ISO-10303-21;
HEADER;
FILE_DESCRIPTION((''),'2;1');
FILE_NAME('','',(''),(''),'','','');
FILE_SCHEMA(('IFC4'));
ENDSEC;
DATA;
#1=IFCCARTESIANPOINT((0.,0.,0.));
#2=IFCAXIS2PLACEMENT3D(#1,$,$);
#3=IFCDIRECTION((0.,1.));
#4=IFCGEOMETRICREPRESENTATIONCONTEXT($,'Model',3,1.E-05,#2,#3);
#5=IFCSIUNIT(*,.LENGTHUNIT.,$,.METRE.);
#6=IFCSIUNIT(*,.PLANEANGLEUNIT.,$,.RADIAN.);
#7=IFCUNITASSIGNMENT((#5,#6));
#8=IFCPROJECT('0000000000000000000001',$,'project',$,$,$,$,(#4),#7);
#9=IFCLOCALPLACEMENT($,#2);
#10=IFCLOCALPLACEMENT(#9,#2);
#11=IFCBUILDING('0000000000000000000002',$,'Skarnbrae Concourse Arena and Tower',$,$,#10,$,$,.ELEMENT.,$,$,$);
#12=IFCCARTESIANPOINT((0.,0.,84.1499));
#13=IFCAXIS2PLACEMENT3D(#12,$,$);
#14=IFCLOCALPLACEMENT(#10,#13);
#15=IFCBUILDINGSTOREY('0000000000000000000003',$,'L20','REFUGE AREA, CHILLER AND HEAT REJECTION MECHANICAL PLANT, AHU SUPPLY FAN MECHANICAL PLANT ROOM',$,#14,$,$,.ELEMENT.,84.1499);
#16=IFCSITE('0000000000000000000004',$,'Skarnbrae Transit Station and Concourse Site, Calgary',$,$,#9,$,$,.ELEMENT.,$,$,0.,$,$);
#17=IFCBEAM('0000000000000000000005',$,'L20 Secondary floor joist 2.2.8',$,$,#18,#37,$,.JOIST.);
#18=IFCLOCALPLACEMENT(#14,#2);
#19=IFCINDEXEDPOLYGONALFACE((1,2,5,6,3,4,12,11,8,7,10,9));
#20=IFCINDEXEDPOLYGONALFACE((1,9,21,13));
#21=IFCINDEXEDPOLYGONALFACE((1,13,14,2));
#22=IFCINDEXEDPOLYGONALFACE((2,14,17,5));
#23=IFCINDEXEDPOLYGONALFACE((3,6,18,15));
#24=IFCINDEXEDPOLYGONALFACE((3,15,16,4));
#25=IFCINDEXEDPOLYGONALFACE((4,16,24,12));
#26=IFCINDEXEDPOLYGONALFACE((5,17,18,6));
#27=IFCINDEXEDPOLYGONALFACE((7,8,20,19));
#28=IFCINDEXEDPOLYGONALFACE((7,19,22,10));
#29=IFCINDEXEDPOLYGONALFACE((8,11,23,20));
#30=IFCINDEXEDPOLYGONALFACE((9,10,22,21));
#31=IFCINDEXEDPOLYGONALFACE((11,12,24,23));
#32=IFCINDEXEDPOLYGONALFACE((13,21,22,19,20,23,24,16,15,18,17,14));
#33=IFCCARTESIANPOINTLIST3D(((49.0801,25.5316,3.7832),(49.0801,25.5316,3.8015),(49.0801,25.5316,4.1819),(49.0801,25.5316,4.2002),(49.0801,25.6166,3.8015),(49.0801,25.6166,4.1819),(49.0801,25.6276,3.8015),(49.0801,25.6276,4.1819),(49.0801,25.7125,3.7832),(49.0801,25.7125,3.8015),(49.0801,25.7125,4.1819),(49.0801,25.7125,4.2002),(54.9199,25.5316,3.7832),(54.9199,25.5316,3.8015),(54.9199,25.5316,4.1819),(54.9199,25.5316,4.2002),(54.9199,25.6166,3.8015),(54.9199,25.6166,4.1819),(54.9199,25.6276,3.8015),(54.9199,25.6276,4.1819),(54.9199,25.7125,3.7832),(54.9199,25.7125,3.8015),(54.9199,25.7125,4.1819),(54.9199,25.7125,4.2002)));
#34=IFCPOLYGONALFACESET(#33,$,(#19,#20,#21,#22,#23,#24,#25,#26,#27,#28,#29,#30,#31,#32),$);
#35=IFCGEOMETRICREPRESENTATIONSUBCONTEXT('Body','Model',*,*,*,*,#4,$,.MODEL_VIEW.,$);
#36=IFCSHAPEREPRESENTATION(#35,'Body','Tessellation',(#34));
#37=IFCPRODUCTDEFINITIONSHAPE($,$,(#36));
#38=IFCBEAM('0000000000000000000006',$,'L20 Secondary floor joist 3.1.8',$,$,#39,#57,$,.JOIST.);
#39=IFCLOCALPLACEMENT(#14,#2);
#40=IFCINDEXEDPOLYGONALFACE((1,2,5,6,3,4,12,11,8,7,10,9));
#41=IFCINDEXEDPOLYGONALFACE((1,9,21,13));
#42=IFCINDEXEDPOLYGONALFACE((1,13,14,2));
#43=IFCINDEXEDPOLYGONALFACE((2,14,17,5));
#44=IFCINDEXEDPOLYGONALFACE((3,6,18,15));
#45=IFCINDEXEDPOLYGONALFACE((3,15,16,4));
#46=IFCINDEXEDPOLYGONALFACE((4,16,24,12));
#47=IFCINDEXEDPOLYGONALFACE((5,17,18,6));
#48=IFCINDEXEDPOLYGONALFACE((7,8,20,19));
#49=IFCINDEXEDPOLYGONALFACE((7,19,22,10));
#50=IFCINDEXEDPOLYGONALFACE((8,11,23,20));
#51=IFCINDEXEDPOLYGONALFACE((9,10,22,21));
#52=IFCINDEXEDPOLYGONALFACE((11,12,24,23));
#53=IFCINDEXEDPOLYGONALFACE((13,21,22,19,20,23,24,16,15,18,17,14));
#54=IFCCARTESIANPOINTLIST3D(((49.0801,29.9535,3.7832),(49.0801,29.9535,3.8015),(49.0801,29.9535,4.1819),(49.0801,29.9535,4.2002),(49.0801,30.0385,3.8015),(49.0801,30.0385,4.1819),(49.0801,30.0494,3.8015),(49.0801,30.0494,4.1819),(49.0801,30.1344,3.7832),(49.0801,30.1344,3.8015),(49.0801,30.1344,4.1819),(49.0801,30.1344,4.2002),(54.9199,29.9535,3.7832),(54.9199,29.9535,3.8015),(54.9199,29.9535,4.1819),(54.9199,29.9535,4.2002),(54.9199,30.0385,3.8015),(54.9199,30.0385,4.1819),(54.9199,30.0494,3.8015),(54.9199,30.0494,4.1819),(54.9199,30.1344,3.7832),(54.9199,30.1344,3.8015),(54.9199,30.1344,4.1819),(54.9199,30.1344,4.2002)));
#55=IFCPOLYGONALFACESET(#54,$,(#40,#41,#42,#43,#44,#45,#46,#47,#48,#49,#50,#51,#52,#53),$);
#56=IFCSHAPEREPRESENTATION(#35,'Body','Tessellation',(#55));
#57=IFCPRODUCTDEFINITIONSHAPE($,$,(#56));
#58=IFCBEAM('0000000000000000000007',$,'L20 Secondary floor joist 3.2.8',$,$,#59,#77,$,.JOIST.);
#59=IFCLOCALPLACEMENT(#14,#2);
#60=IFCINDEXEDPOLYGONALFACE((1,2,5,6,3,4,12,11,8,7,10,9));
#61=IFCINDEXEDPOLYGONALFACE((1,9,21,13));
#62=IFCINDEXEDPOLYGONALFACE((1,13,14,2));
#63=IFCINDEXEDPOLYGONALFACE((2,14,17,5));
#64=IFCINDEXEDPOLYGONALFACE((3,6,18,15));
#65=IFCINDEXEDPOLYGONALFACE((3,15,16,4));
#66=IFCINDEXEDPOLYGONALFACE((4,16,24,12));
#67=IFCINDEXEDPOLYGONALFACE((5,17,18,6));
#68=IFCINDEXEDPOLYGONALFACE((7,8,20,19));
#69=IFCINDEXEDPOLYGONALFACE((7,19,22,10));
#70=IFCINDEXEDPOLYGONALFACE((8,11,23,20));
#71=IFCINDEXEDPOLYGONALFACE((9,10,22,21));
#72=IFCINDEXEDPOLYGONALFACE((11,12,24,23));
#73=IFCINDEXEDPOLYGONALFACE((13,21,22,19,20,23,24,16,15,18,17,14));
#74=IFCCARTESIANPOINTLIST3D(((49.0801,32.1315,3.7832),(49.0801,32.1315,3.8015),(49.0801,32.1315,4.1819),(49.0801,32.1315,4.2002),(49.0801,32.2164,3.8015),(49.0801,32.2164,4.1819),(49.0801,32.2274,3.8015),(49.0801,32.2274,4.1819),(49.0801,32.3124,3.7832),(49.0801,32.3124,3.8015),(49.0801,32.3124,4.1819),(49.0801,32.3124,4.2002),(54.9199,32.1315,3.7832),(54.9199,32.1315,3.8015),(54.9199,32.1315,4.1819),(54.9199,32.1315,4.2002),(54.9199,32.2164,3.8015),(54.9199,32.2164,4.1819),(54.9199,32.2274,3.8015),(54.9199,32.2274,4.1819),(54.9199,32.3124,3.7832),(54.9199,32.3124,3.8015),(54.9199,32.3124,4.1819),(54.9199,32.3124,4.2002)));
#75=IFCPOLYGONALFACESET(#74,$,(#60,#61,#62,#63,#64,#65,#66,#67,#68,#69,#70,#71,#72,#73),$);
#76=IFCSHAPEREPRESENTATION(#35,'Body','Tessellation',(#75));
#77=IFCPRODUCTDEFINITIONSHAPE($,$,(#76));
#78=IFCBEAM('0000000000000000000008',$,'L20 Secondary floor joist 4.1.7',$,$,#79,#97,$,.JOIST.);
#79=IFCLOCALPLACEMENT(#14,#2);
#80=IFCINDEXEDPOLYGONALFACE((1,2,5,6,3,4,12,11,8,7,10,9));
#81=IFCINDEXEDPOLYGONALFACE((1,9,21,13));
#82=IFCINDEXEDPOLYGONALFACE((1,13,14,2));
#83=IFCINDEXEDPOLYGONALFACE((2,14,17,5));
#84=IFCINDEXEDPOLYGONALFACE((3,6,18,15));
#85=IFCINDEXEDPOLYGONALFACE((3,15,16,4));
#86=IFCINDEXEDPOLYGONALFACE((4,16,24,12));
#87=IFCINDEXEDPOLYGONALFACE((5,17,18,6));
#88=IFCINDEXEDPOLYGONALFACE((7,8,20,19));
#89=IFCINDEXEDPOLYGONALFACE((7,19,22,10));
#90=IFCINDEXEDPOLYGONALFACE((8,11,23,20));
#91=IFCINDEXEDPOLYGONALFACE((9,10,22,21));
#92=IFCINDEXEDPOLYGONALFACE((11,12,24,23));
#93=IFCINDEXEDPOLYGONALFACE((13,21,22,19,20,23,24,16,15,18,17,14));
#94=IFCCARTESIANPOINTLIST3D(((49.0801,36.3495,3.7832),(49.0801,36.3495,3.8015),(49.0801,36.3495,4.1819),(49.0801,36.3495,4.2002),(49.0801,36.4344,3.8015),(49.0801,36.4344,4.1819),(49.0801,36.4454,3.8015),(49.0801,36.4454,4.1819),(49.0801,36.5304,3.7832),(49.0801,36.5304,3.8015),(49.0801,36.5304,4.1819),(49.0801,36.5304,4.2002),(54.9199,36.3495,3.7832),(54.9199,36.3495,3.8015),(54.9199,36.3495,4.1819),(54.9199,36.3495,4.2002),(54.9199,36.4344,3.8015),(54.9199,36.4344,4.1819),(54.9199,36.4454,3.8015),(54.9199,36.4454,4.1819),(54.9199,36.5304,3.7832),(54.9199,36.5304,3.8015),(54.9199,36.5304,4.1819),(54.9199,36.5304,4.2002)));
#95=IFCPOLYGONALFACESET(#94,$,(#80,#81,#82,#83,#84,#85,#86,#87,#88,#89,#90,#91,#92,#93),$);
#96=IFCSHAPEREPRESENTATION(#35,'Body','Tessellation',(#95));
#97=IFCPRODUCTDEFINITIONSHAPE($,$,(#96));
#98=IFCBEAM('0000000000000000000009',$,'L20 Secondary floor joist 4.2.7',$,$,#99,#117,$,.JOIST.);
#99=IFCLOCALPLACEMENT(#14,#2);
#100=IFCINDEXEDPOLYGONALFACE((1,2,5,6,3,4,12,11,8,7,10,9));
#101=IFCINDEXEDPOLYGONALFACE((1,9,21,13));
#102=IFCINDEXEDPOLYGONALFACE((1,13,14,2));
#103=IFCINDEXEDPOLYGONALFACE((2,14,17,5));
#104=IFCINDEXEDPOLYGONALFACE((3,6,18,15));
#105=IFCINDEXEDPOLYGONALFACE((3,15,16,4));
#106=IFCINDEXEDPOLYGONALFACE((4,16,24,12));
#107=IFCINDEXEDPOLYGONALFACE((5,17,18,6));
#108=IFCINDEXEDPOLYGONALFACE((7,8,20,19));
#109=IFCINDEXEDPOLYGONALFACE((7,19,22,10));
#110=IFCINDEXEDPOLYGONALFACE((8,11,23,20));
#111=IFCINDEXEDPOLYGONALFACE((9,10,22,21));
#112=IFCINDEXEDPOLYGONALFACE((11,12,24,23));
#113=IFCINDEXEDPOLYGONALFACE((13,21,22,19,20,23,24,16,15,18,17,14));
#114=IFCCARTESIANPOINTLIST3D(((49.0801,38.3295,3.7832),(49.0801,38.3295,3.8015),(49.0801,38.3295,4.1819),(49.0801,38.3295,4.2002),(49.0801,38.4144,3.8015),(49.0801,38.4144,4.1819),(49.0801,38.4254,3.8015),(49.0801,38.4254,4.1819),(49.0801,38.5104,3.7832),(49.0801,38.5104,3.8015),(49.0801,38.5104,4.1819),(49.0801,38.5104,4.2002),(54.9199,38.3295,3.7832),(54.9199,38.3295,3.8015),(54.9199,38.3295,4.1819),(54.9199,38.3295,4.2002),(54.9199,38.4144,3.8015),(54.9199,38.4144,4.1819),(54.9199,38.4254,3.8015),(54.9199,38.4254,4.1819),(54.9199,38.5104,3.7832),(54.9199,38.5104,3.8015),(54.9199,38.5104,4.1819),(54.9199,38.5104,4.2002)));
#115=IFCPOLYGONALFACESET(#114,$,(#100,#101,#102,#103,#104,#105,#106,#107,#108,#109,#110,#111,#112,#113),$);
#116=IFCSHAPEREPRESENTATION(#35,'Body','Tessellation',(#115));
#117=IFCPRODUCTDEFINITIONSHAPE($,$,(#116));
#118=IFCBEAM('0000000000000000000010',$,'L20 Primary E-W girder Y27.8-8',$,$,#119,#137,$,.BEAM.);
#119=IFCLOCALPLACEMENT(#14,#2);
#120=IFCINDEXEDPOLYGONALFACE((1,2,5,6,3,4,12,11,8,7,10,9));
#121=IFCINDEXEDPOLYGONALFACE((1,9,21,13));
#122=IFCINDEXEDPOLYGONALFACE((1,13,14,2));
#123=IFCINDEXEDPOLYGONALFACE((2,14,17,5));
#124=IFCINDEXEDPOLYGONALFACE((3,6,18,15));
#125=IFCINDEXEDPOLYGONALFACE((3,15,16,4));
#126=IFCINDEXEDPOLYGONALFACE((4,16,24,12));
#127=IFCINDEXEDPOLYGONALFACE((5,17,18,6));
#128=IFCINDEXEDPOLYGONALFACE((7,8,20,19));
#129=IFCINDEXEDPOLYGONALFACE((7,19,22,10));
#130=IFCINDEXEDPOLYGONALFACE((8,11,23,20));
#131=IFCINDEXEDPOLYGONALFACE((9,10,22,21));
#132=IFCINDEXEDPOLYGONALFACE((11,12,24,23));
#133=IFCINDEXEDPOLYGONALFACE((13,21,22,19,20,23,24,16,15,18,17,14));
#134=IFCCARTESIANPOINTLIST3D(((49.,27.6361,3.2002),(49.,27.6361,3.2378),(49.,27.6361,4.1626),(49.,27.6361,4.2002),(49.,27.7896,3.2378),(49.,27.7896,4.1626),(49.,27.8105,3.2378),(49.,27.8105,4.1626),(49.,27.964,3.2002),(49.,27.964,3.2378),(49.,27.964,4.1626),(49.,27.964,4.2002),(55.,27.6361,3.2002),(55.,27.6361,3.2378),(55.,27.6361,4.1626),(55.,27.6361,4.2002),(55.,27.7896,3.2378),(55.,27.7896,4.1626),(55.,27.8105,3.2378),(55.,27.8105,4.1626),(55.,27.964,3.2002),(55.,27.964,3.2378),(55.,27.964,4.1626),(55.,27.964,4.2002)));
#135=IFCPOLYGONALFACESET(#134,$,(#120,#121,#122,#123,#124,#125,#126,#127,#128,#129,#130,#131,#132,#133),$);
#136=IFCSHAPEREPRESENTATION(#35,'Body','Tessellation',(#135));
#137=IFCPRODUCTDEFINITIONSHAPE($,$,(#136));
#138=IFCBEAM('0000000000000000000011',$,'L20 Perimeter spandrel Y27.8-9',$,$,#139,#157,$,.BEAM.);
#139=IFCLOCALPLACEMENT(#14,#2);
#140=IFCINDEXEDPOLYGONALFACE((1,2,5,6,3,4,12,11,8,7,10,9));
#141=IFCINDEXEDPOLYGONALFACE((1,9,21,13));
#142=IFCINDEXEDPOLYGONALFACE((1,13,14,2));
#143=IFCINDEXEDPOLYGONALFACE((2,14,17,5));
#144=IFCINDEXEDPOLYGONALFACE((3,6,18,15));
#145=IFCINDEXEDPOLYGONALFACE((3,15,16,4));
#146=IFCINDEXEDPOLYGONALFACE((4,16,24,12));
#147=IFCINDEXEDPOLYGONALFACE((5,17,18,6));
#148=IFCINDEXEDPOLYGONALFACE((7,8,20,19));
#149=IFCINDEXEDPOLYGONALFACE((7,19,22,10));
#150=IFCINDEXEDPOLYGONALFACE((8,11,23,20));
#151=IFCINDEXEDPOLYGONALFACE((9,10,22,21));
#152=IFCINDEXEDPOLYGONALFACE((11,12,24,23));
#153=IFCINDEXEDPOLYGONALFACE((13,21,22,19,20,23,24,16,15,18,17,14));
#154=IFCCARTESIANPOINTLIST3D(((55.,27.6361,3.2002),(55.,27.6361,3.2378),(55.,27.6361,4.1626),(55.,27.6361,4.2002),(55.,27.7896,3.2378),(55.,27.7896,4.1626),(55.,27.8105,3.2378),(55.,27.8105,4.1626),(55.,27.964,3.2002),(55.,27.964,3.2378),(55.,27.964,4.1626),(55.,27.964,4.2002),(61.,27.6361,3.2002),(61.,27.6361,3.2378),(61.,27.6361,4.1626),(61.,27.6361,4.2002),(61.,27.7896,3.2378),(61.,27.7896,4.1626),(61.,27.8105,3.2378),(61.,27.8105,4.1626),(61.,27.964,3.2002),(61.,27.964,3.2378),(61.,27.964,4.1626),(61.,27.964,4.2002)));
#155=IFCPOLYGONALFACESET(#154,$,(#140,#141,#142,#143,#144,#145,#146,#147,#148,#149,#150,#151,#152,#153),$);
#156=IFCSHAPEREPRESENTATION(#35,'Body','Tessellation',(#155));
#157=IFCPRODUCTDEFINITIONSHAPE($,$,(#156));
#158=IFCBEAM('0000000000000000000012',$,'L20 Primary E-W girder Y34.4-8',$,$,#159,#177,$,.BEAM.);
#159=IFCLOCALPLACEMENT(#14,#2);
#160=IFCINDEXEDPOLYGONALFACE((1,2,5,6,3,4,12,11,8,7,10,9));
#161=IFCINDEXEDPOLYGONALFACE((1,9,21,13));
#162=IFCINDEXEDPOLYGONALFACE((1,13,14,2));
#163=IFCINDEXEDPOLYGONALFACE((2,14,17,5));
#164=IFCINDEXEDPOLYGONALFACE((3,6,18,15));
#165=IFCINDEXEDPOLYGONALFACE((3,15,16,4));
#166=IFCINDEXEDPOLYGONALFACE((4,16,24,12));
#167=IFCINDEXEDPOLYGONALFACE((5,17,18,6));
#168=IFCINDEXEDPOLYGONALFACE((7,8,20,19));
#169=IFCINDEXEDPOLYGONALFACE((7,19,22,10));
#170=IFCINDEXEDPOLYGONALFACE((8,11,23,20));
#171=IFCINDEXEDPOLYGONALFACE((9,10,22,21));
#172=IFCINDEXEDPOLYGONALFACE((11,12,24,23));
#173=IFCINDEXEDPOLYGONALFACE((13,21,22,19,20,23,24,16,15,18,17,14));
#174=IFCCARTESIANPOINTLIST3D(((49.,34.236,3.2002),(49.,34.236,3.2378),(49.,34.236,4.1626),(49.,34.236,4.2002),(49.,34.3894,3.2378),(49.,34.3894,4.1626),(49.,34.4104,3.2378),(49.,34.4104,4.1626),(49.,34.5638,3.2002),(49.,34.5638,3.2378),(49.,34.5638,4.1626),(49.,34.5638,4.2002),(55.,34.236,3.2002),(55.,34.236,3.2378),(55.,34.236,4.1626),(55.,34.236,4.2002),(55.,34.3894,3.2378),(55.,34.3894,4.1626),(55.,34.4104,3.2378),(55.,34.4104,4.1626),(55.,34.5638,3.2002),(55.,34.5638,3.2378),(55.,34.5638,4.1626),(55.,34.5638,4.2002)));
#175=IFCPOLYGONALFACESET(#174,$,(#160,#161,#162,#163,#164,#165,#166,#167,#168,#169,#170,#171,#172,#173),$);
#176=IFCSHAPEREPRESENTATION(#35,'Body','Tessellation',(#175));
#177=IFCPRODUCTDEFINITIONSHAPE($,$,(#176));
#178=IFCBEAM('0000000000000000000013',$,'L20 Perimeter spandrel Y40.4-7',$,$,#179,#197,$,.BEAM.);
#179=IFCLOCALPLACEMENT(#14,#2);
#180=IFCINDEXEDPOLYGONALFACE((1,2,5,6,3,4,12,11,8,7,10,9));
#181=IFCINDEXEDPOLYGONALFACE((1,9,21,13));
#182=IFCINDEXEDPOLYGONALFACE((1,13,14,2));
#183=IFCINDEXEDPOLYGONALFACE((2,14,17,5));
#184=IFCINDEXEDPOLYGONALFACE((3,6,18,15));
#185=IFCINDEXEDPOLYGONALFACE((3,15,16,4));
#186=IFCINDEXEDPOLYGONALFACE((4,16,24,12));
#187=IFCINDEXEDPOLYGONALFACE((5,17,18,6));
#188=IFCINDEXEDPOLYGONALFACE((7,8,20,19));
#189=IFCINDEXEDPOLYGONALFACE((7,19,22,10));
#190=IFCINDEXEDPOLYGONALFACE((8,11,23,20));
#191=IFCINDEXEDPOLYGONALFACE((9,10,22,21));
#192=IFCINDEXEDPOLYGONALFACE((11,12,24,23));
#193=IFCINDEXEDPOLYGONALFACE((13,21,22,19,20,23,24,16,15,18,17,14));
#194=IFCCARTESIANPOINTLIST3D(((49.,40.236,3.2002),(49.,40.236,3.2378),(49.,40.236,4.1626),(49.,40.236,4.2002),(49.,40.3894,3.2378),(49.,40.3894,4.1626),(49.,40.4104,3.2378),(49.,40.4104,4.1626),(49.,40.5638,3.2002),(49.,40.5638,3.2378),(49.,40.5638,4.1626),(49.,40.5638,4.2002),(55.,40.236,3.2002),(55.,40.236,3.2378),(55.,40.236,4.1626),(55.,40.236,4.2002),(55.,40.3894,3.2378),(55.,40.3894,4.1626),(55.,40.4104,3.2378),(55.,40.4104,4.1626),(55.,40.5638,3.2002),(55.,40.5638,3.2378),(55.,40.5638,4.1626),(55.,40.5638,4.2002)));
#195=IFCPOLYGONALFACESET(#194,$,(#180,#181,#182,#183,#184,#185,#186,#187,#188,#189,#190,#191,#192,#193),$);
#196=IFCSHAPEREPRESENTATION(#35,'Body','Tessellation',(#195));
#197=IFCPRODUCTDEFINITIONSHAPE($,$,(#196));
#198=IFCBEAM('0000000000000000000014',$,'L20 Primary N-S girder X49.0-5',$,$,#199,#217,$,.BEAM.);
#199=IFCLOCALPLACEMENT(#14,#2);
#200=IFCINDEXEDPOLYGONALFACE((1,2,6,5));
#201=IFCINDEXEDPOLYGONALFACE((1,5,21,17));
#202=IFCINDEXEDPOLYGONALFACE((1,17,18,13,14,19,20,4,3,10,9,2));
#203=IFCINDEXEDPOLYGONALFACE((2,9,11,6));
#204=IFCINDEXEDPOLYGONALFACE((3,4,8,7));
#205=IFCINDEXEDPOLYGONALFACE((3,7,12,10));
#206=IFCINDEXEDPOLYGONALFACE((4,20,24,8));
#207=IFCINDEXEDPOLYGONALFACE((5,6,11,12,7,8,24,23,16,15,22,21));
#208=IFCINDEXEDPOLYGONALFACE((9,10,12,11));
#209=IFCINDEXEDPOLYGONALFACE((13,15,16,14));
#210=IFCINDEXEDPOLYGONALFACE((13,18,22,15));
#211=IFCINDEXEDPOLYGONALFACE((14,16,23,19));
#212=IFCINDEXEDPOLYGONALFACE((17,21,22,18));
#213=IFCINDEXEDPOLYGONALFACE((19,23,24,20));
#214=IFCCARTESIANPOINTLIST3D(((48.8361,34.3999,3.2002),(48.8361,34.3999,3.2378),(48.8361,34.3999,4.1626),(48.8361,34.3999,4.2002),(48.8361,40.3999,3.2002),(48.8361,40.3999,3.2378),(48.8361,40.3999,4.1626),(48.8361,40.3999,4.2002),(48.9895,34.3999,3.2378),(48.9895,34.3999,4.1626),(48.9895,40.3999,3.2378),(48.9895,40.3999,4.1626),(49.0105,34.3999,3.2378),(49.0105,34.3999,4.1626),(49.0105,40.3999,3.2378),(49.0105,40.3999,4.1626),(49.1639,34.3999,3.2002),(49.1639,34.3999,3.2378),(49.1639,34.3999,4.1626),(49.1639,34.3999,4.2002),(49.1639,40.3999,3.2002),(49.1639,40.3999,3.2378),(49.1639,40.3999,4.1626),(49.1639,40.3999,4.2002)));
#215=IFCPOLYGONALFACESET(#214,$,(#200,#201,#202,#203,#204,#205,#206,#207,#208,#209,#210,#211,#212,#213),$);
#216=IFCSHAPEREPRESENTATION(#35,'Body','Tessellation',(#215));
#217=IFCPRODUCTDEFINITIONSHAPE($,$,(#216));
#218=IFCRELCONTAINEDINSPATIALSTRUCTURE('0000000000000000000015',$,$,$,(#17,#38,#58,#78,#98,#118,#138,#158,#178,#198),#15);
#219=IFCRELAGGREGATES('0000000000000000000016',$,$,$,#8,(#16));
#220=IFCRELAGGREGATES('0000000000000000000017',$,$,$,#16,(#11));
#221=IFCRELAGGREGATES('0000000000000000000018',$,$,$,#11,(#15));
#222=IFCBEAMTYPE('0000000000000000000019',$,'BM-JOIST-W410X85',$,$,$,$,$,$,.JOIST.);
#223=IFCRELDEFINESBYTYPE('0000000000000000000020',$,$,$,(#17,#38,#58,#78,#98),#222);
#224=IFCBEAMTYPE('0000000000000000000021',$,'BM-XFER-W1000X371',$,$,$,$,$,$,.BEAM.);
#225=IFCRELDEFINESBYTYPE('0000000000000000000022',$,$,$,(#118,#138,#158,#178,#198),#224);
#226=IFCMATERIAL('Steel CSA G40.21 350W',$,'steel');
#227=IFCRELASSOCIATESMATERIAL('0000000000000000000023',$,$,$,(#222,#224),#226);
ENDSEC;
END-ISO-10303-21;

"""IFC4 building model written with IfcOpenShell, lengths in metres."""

from ifc_helpers import new_model, si_unit, direction, frame, origin, origin_2d, place, context, subcontext, project, spatial, i_section, extrude, source, transform, mapped, material, material_profile, profile_set, type_object, element, save


model = new_model("IFC4")

# Units and contexts
model_context = context("Model", 3, precision=1e-05, world=origin(), true_north=direction((0.0, 1.0)))
body_context = subcontext(model_context, "Body", "Model", "MODEL_VIEW")
ifc_project = project(units=[si_unit("LENGTHUNIT", "METRE"), si_unit("PLANEANGLEUNIT", "RADIAN")], contexts=[model_context])

# Site, building, storey
site_placement = place(None, origin())
site = spatial("IfcSite", under=ifc_project, at=site_placement, Name="Skarnbrae Transit Station and Concourse Site, Calgary", CompositionType="ELEMENT", RefElevation=0.0)
building_placement = place(site_placement, origin())
building = spatial("IfcBuilding", under=site, at=building_placement, Name="Skarnbrae Concourse Arena and Tower", CompositionType="ELEMENT")
storey_placement = place(building_placement, frame((0.0, 0.0, 84.1499)))
storey = spatial("IfcBuildingStorey", under=building, at=storey_placement, Name="L20", Description="REFUGE AREA, CHILLER AND HEAT REJECTION MECHANICAL PLANT, AHU SUPPLY FAN MECHANICAL PLANT ROOM", CompositionType="ELEMENT", Elevation=84.1499)

# Shared definitions
ifc_material_1 = material(Name="Steel CSA G40.21 350W", Category="steel")

# Beams
ifc_material_profile_1 = material_profile(ifc_material_1, i_section(OverallWidth=0.1809, OverallDepth=0.417, WebThickness=0.011, FlangeThickness=0.0183, at=origin_2d()), Name="W410X85")
ifc_profile_set_1 = profile_set([ifc_material_profile_1], Name="Steel CSA G40.21 350W")
beam_type_1 = type_object("IfcBeamType", Name="BM-JOIST-W410X85", PredefinedType="JOIST", material=ifc_profile_set_1)
shared_shape_1 = source(origin(), body_context, "Body", "SweptSolid", [
    extrude(i_section(OverallWidth=0.1809, OverallDepth=0.417, WebThickness=0.011, FlangeThickness=0.0183, at=origin_2d()), origin(), (0.0, 0.0, 1.0), 5.8398),
])
for number, where, z_axis, x_axis, name in (
    (1, (49.0801, 25.6221, 3.9917), (1.0, 0.0, 0.0), (0.0, 1.0, 0.0), "L20 Secondary floor joist 2.2.8"),
    (2, (49.0801, 30.0439, 3.9917), (1.0, 0.0, 0.0), (0.0, 1.0, 0.0), "L20 Secondary floor joist 3.1.8"),
    (3, (49.0801, 32.2219, 3.9917), (1.0, 0.0, 0.0), (0.0, 1.0, 0.0), "L20 Secondary floor joist 3.2.8"),
    (4, (49.0801, 36.4399, 3.9917), (1.0, 0.0, 0.0), (0.0, 1.0, 0.0), "L20 Secondary floor joist 4.1.7"),
    (5, (49.0801, 38.4199, 3.9917), (1.0, 0.0, 0.0), (0.0, 1.0, 0.0), "L20 Secondary floor joist 4.2.7"),
):
    element("IfcBeam", number, at=place(storey_placement, frame(where, z_axis=z_axis, x_axis=x_axis)), inside=storey, type_object=beam_type_1, Name=name, PredefinedType="JOIST", context=body_context, shape_type="MappedRepresentation", body=[
        mapped(shared_shape_1, transform((0.0, 0.0, 0.0))),
    ])
ifc_material_profile_2 = material_profile(ifc_material_1, i_section(OverallWidth=0.3279, OverallDepth=1.0, WebThickness=0.021, FlangeThickness=0.0376, at=origin_2d()), Name="W1000X371")
ifc_profile_set_2 = profile_set([ifc_material_profile_2], Name="Steel CSA G40.21 350W")
beam_type_2 = type_object("IfcBeamType", Name="BM-XFER-W1000X371", PredefinedType="BEAM", material=ifc_profile_set_2)
shared_shape_2 = source(origin(), body_context, "Body", "SweptSolid", [
    extrude(i_section(OverallWidth=0.3279, OverallDepth=1.0, WebThickness=0.021, FlangeThickness=0.0376, at=origin_2d()), origin(), (0.0, 0.0, 1.0), 6.0),
])
for number, where, z_axis, x_axis, name in (
    (6, (49.0, 27.8, 3.7002), (1.0, 0.0, 0.0), (0.0, 1.0, 0.0), "L20 Primary E-W girder Y27.8-8"),
    (7, (55.0, 27.8, 3.7002), (1.0, 0.0, 0.0), (0.0, 1.0, 0.0), "L20 Perimeter spandrel Y27.8-9"),
    (8, (49.0, 34.3999, 3.7002), (1.0, 0.0, 0.0), (0.0, 1.0, 0.0), "L20 Primary E-W girder Y34.4-8"),
    (9, (49.0, 40.3999, 3.7002), (1.0, 0.0, 0.0), (0.0, 1.0, 0.0), "L20 Perimeter spandrel Y40.4-7"),
    (10, (49.0, 34.3999, 3.7002), (0.0, 1.0, 0.0), (-1.0, 0.0, 0.0), "L20 Primary N-S girder X49.0-5"),
):
    element("IfcBeam", number, at=place(storey_placement, frame(where, z_axis=z_axis, x_axis=x_axis)), inside=storey, type_object=beam_type_2, Name=name, PredefinedType="BEAM", context=body_context, shape_type="MappedRepresentation", body=[
        mapped(shared_shape_2, transform((0.0, 0.0, 0.0))),
    ])

save(model, "model.ifc")
